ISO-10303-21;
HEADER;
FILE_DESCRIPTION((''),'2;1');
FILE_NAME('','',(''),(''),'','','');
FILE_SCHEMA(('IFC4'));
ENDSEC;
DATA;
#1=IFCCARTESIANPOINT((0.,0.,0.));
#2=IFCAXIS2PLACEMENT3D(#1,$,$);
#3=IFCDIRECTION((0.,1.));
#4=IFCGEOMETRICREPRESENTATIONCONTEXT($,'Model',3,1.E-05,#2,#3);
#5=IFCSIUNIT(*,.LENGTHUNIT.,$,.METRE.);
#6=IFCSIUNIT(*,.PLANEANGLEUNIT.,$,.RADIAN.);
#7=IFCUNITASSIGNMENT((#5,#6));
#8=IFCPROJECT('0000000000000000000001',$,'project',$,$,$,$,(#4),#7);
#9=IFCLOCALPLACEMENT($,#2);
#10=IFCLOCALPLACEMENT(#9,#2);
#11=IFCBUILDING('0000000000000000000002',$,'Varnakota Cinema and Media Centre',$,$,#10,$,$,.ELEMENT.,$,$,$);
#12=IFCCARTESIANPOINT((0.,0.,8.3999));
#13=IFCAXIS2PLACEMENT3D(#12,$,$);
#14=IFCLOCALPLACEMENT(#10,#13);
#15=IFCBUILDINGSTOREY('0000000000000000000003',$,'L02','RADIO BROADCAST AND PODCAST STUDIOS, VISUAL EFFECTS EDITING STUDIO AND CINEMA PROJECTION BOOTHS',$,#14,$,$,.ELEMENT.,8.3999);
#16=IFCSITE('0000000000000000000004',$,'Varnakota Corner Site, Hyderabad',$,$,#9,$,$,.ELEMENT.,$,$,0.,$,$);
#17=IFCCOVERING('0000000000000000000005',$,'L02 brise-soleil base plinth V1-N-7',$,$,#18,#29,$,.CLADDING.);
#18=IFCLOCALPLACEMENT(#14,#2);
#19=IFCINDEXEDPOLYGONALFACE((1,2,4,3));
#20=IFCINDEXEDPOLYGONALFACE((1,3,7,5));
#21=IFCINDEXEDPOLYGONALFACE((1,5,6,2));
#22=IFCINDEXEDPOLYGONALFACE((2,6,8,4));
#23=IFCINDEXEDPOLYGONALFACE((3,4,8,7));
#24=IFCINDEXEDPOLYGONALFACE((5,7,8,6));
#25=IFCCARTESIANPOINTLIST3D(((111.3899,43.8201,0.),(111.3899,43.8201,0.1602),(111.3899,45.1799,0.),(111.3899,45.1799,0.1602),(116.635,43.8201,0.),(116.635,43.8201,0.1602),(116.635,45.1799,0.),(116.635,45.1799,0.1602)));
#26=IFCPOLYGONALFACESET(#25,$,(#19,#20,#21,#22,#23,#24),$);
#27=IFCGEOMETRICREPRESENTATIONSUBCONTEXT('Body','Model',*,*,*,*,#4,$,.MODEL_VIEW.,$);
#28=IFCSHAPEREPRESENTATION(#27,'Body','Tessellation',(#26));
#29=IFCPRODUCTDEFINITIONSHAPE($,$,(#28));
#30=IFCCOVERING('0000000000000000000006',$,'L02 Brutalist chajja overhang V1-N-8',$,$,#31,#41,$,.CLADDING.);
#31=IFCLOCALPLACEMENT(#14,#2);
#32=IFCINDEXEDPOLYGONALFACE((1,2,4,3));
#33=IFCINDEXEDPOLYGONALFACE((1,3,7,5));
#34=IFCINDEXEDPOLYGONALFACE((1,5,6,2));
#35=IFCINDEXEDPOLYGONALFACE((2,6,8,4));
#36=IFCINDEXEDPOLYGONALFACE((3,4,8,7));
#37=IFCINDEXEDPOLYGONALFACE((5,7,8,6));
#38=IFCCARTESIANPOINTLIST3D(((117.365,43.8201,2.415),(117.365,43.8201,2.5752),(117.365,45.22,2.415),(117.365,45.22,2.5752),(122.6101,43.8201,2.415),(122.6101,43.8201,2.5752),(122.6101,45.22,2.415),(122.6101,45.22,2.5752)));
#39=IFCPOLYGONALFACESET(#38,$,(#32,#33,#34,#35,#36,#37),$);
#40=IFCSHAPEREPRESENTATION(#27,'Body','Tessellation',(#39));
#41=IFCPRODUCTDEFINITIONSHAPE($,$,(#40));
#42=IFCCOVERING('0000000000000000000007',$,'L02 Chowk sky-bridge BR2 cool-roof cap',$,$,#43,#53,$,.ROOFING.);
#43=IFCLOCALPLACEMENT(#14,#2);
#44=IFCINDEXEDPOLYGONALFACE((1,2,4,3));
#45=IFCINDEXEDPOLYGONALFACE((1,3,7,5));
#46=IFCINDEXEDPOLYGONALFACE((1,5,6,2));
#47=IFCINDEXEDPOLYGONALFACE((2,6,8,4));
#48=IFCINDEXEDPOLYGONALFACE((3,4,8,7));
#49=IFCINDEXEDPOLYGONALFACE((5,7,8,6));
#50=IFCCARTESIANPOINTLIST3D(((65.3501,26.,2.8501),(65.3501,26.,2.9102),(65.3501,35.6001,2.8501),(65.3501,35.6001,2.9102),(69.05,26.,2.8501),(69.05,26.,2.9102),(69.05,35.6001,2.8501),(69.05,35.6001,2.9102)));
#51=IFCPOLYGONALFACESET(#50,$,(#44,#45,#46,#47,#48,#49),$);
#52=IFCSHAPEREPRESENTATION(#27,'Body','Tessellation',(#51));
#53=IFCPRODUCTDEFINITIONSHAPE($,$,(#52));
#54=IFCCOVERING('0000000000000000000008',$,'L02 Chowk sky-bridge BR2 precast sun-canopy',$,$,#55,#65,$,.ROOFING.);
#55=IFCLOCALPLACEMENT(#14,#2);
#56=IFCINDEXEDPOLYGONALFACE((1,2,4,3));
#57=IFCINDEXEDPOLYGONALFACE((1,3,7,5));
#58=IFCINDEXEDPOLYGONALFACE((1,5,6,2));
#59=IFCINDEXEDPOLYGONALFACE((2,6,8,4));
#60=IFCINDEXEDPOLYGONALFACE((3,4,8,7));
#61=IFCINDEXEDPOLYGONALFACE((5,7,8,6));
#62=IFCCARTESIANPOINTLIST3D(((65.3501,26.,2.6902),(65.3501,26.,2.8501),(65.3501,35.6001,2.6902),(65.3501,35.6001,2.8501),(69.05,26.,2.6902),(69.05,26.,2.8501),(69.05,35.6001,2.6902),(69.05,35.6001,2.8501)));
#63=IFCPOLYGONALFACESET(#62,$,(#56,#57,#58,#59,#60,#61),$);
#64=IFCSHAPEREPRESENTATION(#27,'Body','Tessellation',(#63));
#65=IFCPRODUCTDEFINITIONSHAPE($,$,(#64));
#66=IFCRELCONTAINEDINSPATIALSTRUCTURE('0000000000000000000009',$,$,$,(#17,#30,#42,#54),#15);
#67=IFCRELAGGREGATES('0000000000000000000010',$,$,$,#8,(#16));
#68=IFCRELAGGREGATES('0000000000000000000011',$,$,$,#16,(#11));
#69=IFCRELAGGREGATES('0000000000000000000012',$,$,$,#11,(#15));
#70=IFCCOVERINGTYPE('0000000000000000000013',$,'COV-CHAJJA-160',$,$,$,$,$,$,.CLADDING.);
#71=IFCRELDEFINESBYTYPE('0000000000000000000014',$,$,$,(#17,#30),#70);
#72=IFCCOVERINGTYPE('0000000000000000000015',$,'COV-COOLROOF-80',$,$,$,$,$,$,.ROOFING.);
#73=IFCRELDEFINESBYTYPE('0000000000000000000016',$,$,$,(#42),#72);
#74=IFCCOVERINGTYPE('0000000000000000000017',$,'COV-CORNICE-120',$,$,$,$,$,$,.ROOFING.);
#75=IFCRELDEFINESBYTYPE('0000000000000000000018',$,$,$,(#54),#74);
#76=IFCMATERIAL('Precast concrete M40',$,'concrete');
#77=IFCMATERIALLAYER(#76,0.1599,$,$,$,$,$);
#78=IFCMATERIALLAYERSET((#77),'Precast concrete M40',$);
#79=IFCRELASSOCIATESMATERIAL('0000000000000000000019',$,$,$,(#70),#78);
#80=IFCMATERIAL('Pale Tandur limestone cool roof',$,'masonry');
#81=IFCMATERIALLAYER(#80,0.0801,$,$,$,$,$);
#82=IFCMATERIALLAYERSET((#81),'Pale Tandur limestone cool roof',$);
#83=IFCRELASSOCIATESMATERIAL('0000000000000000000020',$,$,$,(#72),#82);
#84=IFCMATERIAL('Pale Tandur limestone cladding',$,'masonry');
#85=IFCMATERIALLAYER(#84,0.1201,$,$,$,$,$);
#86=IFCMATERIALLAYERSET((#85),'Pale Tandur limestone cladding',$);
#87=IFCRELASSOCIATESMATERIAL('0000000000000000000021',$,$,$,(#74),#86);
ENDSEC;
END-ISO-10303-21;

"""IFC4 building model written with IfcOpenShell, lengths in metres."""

from ifc_helpers import new_model, si_unit, direction, frame, origin, place, context, subcontext, project, spatial, polyline, outline, extrude, material, layer, layer_set, type_object, element, save


model = new_model("IFC4")

# Units and contexts
model_context = context("Model", 3, precision=1e-05, world=origin(), true_north=direction((0.0, 1.0)))
body_context = subcontext(model_context, "Body", "Model", "MODEL_VIEW")
ifc_project = project(units=[si_unit("LENGTHUNIT", "METRE"), si_unit("PLANEANGLEUNIT", "RADIAN")], contexts=[model_context])

# Site, building, storey
site_placement = place(None, origin())
site = spatial("IfcSite", under=ifc_project, at=site_placement, Name="Varnakota Corner Site, Hyderabad", CompositionType="ELEMENT", RefElevation=0.0)
building_placement = place(site_placement, origin())
building = spatial("IfcBuilding", under=site, at=building_placement, Name="Varnakota Cinema and Media Centre", CompositionType="ELEMENT")
storey_placement = place(building_placement, frame((0.0, 0.0, 8.3999)))
storey = spatial("IfcBuildingStorey", under=building, at=storey_placement, Name="L02", Description="RADIO BROADCAST AND PODCAST STUDIOS, VISUAL EFFECTS EDITING STUDIO AND CINEMA PROJECTION BOOTHS", CompositionType="ELEMENT", Elevation=8.3999)

# Coverings
ifc_material_1 = material(Name="Precast concrete M40", Category="concrete")
ifc_layer_1 = layer(ifc_material_1, 0.1599)
ifc_layer_set_1 = layer_set([ifc_layer_1], Name="Precast concrete M40")
covering_type_1 = type_object("IfcCoveringType", Name="COV-CHAJJA-160", PredefinedType="CLADDING", material=ifc_layer_set_1)
covering_1_placement = place(storey_placement, origin())
element("IfcCovering", 1, at=covering_1_placement, inside=storey, type_object=covering_type_1, Name="L02 brise-soleil base plinth V1-N-7", PredefinedType="CLADDING", context=body_context, shape_type="SweptSolid", body=[
    extrude(outline(polyline([(111.3899, 43.8201), (116.635, 43.8201), (116.635, 45.1799), (111.3899, 45.1799), (111.3899, 43.8201)])), origin(), (0.0, 0.0, 1.0), 0.1602),
])
covering_2_placement = place(storey_placement, frame((0.0, 0.0, 2.415)))
element("IfcCovering", 2, at=covering_2_placement, inside=storey, type_object=covering_type_1, Name="L02 Brutalist chajja overhang V1-N-8", PredefinedType="CLADDING", context=body_context, shape_type="SweptSolid", body=[
    extrude(outline(polyline([(117.365, 43.8201), (122.6101, 43.8201), (122.6101, 45.22), (117.365, 45.22), (117.365, 43.8201)])), origin(), (0.0, 0.0, 1.0), 0.1602),
])
ifc_material_2 = material(Name="Pale Tandur limestone cool roof", Category="masonry")
ifc_layer_2 = layer(ifc_material_2, 0.0801)
ifc_layer_set_2 = layer_set([ifc_layer_2], Name="Pale Tandur limestone cool roof")
covering_type_2 = type_object("IfcCoveringType", Name="COV-COOLROOF-80", PredefinedType="ROOFING", material=ifc_layer_set_2)
covering_3_placement = place(storey_placement, frame((0.0, 0.0, 2.8501)))
element("IfcCovering", 3, at=covering_3_placement, inside=storey, type_object=covering_type_2, Name="L02 Chowk sky-bridge BR2 cool-roof cap", PredefinedType="ROOFING", context=body_context, shape_type="SweptSolid", body=[
    extrude(outline(polyline([(65.3501, 26.0), (69.05, 26.0), (69.05, 35.6001), (65.3501, 35.6001), (65.3501, 26.0)])), origin(), (0.0, 0.0, 1.0), 0.0601),
])
ifc_material_3 = material(Name="Pale Tandur limestone cladding", Category="masonry")
ifc_layer_3 = layer(ifc_material_3, 0.1201)
ifc_layer_set_3 = layer_set([ifc_layer_3], Name="Pale Tandur limestone cladding")
covering_type_3 = type_object("IfcCoveringType", Name="COV-CORNICE-120", PredefinedType="ROOFING", material=ifc_layer_set_3)
covering_4_placement = place(storey_placement, frame((0.0, 0.0, 2.6902)))
element("IfcCovering", 4, at=covering_4_placement, inside=storey, type_object=covering_type_3, Name="L02 Chowk sky-bridge BR2 precast sun-canopy", PredefinedType="ROOFING", context=body_context, shape_type="SweptSolid", body=[
    extrude(outline(polyline([(65.3501, 26.0), (69.05, 26.0), (69.05, 35.6001), (65.3501, 35.6001), (65.3501, 26.0)])), origin(), (0.0, 0.0, 1.0), 0.1599),
])

save(model, "model.ifc")
